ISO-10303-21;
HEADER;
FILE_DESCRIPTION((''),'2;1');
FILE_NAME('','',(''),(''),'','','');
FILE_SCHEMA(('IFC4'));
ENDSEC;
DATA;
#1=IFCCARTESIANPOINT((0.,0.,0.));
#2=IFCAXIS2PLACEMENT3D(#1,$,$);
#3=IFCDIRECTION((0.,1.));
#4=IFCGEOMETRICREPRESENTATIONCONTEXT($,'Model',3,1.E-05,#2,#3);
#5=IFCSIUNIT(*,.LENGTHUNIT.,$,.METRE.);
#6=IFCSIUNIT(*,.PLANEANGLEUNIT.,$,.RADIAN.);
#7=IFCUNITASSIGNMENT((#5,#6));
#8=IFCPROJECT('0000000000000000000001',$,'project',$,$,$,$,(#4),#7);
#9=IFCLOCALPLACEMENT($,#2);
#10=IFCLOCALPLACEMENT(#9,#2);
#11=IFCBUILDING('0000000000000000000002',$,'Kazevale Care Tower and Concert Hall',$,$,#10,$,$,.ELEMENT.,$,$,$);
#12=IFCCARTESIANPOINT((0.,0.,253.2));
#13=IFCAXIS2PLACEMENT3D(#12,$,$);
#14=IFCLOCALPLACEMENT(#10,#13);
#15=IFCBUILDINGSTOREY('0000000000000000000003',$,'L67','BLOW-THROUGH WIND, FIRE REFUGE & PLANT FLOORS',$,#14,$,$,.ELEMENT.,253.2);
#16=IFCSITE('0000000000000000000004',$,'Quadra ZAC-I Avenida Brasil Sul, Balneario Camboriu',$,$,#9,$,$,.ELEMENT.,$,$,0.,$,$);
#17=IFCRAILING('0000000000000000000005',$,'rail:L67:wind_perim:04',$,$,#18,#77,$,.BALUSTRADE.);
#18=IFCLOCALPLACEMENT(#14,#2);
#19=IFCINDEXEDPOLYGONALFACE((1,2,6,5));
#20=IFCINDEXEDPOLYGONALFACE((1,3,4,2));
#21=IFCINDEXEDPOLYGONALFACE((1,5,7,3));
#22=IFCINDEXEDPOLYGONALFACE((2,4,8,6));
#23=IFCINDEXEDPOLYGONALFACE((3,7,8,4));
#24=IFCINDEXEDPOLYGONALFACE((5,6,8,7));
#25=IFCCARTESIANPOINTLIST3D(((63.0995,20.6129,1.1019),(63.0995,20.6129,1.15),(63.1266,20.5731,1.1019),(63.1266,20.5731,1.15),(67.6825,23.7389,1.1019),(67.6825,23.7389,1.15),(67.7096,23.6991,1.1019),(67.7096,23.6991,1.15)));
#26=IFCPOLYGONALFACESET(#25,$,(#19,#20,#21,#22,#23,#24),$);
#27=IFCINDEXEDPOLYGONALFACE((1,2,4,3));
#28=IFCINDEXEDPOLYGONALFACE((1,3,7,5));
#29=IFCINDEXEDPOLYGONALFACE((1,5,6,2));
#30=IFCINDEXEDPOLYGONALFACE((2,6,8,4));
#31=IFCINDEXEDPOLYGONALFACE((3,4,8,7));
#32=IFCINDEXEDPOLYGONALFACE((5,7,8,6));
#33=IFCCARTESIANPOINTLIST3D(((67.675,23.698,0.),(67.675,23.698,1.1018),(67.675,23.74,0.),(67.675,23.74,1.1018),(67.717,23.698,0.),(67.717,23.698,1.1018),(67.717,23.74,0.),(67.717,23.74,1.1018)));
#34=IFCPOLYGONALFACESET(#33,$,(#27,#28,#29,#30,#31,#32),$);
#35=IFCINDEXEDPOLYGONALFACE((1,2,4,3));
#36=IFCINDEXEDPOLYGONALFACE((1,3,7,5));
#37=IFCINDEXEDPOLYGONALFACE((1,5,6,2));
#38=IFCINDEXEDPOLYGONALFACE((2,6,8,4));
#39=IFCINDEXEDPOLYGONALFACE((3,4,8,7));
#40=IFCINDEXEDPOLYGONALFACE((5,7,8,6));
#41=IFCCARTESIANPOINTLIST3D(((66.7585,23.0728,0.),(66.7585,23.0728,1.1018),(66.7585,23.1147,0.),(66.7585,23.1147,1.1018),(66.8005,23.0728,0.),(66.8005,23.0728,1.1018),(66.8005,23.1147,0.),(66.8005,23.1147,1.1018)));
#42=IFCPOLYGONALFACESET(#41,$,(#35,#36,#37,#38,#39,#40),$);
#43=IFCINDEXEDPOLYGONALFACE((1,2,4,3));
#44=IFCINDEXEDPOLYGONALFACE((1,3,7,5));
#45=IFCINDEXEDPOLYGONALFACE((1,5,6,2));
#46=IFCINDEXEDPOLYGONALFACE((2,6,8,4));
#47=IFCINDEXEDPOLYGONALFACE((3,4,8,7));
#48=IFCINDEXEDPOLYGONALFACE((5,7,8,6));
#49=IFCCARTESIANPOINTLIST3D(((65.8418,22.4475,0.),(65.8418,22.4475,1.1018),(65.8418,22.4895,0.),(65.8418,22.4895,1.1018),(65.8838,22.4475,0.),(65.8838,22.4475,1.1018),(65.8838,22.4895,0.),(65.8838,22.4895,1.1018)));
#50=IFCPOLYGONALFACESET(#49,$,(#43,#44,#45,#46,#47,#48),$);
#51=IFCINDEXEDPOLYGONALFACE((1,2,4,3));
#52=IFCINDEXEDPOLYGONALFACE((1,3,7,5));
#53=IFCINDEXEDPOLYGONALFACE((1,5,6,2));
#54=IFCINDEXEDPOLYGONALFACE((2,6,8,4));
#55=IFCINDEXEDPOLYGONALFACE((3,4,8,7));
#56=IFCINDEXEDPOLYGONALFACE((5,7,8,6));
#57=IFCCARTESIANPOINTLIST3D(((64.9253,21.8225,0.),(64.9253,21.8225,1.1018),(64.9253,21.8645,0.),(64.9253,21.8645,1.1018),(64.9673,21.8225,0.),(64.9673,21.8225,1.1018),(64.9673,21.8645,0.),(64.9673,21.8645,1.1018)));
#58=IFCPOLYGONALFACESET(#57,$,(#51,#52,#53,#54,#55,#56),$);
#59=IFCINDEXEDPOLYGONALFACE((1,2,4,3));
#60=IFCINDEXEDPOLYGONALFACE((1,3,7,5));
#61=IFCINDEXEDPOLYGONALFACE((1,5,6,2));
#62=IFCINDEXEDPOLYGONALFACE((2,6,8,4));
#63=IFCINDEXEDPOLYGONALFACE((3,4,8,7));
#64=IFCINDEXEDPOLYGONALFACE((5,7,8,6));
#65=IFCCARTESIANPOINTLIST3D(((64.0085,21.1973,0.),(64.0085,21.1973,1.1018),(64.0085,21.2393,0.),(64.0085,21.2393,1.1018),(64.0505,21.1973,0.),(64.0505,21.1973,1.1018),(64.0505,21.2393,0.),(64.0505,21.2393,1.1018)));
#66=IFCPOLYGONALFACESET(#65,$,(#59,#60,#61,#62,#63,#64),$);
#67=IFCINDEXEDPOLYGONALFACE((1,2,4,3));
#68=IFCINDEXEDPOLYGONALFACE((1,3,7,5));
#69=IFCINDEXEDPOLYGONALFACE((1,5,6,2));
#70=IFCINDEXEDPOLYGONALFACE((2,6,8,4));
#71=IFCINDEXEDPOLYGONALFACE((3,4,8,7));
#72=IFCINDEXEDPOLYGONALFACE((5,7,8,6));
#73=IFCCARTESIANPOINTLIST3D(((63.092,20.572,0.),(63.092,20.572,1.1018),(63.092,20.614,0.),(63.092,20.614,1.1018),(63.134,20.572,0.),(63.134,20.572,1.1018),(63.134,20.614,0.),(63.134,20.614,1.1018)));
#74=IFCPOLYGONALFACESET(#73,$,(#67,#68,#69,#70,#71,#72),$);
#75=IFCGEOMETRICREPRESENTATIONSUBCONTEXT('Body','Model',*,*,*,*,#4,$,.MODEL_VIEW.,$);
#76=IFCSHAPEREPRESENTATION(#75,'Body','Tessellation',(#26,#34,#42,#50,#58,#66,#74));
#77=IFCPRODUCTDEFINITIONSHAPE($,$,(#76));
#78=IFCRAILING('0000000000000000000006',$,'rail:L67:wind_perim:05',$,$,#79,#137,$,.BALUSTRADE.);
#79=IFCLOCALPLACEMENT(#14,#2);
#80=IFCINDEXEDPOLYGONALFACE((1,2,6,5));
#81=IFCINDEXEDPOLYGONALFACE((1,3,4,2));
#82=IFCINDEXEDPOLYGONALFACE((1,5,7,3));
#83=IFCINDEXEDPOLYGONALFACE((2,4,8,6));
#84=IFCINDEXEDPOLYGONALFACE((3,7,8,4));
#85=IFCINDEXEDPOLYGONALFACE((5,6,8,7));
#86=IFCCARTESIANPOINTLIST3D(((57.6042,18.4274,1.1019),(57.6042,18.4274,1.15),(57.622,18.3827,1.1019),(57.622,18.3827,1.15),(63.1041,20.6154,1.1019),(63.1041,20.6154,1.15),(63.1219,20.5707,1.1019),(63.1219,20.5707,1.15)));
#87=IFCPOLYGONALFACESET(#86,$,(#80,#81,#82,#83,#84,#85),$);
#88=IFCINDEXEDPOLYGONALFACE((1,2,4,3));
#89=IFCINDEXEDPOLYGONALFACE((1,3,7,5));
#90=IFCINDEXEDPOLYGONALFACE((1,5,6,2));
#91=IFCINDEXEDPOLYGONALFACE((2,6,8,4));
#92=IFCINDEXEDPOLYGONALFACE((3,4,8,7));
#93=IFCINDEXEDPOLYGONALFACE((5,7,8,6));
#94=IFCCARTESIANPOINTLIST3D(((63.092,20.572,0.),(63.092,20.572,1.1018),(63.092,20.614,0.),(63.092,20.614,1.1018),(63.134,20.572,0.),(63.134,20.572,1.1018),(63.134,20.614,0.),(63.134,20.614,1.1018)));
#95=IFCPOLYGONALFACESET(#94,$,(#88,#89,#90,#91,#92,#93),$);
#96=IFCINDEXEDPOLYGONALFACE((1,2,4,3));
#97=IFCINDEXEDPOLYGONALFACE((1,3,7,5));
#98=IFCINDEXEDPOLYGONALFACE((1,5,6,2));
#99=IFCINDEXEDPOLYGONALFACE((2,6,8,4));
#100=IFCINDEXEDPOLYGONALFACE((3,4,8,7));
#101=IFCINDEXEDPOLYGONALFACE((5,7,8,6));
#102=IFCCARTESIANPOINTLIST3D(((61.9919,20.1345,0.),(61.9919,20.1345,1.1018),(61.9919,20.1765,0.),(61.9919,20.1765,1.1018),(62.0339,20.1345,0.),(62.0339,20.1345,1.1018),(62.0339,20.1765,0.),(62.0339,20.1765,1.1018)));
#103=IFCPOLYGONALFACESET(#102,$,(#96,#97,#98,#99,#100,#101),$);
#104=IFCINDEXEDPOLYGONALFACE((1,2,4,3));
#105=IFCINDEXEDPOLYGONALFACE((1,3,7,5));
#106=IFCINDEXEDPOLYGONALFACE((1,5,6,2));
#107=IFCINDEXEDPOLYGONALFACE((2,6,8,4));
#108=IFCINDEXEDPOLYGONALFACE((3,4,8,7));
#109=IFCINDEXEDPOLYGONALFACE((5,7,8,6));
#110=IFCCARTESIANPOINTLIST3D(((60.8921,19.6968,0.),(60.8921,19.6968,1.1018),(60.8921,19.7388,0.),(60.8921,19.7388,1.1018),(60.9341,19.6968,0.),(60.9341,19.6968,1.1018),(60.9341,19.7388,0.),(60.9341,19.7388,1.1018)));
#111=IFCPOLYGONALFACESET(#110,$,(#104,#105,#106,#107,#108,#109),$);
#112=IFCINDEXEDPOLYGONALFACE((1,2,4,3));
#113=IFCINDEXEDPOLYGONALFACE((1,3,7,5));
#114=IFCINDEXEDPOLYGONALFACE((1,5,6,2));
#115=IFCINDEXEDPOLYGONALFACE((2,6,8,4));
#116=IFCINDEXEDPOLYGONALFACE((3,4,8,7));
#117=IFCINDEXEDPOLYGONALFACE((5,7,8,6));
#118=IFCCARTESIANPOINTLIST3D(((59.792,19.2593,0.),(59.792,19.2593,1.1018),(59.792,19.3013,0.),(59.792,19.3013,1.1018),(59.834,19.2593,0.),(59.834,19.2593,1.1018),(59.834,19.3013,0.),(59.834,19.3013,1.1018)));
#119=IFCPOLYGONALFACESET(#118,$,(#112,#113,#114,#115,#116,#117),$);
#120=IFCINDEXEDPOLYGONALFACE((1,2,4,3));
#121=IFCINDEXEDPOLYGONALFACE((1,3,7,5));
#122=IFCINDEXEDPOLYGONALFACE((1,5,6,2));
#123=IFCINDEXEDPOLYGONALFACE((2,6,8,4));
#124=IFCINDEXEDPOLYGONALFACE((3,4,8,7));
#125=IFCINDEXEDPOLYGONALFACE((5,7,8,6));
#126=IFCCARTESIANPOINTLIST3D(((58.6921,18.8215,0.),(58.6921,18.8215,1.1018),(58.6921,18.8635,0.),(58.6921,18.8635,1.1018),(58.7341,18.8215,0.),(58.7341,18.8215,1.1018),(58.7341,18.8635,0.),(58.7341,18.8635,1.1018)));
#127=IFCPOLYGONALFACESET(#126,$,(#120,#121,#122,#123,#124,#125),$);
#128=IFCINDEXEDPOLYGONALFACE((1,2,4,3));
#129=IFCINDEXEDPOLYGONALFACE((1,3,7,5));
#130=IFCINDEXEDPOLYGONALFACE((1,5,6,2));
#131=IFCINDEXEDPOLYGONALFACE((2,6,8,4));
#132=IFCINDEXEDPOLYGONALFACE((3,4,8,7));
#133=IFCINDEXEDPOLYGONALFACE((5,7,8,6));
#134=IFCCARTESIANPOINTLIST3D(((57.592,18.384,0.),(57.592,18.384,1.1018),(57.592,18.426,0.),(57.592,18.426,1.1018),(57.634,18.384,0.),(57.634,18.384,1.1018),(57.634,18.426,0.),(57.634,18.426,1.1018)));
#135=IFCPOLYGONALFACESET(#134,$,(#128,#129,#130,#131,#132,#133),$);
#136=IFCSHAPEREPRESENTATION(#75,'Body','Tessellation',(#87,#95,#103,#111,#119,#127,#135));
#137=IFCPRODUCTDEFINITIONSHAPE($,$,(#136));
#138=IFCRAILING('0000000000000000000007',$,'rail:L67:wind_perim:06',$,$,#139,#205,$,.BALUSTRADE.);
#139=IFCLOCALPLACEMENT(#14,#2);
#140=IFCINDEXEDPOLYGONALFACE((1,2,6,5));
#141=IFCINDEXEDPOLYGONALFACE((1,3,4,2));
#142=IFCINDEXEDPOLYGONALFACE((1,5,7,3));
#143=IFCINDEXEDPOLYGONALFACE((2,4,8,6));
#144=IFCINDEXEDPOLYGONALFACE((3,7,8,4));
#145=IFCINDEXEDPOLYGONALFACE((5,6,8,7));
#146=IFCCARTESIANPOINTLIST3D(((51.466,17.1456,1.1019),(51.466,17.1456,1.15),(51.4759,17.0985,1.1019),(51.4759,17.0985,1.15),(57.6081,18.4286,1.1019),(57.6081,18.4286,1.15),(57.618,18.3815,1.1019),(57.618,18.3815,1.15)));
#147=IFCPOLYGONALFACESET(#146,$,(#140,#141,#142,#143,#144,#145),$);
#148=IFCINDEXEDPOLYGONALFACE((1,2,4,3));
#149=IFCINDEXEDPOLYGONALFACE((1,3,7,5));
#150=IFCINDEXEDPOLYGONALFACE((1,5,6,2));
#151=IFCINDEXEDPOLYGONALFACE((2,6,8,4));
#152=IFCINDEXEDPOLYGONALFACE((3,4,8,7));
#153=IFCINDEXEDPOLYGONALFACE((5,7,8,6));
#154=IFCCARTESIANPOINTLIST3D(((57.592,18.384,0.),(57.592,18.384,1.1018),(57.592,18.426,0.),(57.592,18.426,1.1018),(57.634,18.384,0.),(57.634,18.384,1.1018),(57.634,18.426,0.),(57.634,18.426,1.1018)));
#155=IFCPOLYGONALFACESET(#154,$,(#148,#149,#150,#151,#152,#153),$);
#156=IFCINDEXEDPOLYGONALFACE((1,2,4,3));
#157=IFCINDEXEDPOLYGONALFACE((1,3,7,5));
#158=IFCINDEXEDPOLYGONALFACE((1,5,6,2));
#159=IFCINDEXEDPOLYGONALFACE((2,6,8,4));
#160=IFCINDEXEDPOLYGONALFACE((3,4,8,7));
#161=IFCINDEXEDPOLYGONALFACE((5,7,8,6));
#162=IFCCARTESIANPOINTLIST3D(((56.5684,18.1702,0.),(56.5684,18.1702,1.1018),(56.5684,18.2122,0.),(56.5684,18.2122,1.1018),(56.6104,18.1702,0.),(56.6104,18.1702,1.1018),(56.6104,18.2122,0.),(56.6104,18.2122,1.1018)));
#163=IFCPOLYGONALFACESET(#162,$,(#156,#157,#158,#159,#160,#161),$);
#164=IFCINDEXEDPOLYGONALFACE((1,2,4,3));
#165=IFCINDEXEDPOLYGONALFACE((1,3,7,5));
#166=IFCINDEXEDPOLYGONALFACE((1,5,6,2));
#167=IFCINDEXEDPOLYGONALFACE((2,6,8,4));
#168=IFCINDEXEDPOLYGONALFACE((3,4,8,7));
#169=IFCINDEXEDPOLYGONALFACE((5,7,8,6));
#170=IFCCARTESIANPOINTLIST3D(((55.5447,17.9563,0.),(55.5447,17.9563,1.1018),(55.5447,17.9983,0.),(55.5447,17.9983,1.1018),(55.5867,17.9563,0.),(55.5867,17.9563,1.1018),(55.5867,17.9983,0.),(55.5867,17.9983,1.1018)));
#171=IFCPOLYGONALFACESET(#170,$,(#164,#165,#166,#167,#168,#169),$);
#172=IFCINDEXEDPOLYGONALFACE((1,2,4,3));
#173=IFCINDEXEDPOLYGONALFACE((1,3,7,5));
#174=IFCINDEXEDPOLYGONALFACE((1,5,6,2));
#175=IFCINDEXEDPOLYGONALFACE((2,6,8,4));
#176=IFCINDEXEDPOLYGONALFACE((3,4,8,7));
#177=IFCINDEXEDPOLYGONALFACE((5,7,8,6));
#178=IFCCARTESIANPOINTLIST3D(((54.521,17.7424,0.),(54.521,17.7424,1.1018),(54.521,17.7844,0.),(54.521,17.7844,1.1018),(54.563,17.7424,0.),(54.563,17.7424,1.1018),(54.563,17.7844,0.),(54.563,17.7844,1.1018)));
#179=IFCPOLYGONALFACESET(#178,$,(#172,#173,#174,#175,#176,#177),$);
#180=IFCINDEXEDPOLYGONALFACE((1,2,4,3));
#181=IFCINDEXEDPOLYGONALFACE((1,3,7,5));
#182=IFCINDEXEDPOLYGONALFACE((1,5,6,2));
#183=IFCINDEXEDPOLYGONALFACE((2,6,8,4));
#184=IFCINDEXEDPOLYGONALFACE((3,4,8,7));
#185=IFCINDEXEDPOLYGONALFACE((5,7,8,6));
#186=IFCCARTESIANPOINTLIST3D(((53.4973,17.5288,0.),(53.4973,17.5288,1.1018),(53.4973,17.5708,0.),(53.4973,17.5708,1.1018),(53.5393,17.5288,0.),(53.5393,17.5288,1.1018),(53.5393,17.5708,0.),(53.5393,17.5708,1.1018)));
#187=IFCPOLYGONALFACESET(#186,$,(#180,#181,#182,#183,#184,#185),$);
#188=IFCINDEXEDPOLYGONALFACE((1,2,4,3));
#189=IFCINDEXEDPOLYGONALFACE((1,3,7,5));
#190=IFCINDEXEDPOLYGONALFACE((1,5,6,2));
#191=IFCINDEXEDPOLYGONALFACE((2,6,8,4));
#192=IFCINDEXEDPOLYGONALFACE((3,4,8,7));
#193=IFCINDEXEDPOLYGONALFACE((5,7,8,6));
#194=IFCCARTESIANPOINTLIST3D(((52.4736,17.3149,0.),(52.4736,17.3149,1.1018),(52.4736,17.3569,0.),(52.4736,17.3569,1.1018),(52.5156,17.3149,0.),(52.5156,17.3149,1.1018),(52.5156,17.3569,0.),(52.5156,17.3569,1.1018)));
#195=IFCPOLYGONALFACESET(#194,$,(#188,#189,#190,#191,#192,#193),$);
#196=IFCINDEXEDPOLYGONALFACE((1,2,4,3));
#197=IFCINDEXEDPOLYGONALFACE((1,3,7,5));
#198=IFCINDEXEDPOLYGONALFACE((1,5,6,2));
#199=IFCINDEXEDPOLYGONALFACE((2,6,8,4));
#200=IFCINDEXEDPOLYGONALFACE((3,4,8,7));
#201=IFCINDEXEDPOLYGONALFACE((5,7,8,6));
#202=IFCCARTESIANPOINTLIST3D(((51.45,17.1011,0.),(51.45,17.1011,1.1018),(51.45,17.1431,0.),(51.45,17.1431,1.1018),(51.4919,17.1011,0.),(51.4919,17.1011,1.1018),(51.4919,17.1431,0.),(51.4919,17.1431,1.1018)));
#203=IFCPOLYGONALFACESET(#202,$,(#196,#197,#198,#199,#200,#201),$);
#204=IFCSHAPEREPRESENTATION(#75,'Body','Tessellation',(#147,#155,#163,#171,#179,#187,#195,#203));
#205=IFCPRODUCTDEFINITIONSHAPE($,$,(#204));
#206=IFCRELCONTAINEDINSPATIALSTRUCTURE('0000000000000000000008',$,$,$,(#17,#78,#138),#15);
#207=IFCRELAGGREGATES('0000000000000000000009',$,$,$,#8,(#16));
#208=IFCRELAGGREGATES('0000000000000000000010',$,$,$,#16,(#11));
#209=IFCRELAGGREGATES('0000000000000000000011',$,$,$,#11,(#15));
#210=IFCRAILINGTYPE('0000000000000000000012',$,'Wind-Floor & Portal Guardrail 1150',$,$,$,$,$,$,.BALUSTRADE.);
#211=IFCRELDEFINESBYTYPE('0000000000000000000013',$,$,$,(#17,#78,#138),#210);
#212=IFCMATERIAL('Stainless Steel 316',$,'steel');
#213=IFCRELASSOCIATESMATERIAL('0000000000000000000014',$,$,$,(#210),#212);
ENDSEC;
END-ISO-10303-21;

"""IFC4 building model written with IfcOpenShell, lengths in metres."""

from ifc_helpers import new_model, si_unit, direction, frame, origin, origin_2d, place, context, subcontext, project, spatial, rectangle, extrude, material, type_object, element, save


model = new_model("IFC4")

# Units and contexts
model_context = context("Model", 3, precision=1e-05, world=origin(), true_north=direction((0.0, 1.0)))
body_context = subcontext(model_context, "Body", "Model", "MODEL_VIEW")
ifc_project = project(units=[si_unit("LENGTHUNIT", "METRE"), si_unit("PLANEANGLEUNIT", "RADIAN")], contexts=[model_context])

# Site, building, storey
site_placement = place(None, origin())
site = spatial("IfcSite", under=ifc_project, at=site_placement, Name="Quadra ZAC-I Avenida Brasil Sul, Balneario Camboriu", CompositionType="ELEMENT", RefElevation=0.0)
building_placement = place(site_placement, origin())
building = spatial("IfcBuilding", under=site, at=building_placement, Name="Kazevale Care Tower and Concert Hall", CompositionType="ELEMENT")
storey_placement = place(building_placement, frame((0.0, 0.0, 253.2)))
storey = spatial("IfcBuildingStorey", under=building, at=storey_placement, Name="L67", Description="BLOW-THROUGH WIND, FIRE REFUGE & PLANT FLOORS", CompositionType="ELEMENT", Elevation=253.2)

# Railings
ifc_material_1 = material(Name="Stainless Steel 316", Category="steel")
railing_type = type_object("IfcRailingType", Name="Wind-Floor & Portal Guardrail 1150", PredefinedType="BALUSTRADE", material=ifc_material_1)
railing_1_placement = place(storey_placement, frame((67.696, 23.719, 0.0)))
element("IfcRailing", 1, at=railing_1_placement, inside=storey, type_object=railing_type, Name="rail:L67:wind_perim:04", PredefinedType="BALUSTRADE", context=body_context, shape_type="SweptSolid", body=[
    extrude(rectangle(XDim=0.0481, YDim=0.0481, at=origin_2d()), frame((0.0, 0.0, 1.126), z_axis=(-0.826127, -0.563484, 0.0), x_axis=(0.563484, -0.826127, 0.0)), (0.0, 0.0, 1.0), 5.5476),
    extrude(rectangle(XDim=0.042, YDim=0.042, at=origin_2d()), origin(), (0.0, 0.0, 1.0), 1.1018),
    extrude(rectangle(XDim=0.042, YDim=0.042, at=origin_2d()), frame((-0.9165, -0.6252, 0.0)), (0.0, 0.0, 1.0), 1.1018),
    extrude(rectangle(XDim=0.042, YDim=0.042, at=origin_2d()), frame((-1.8333, -1.2505, 0.0)), (0.0, 0.0, 1.0), 1.1018),
    extrude(rectangle(XDim=0.042, YDim=0.042, at=origin_2d()), frame((-2.7498, -1.8755, 0.0)), (0.0, 0.0, 1.0), 1.1018),
    extrude(rectangle(XDim=0.042, YDim=0.042, at=origin_2d()), frame((-3.6665, -2.5007, 0.0)), (0.0, 0.0, 1.0), 1.1018),
    extrude(rectangle(XDim=0.042, YDim=0.042, at=origin_2d()), frame((-4.583, -3.126, 0.0)), (0.0, 0.0, 1.0), 1.1018),
])
railing_2_placement = place(storey_placement, frame((63.113, 20.593, 0.0)))
element("IfcRailing", 2, at=railing_2_placement, inside=storey, type_object=railing_type, Name="rail:L67:wind_perim:05", PredefinedType="BALUSTRADE", context=body_context, shape_type="SweptSolid", body=[
    extrude(rectangle(XDim=0.0481, YDim=0.0481, at=origin_2d()), frame((0.0, 0.0, 1.126), z_axis=(-0.929175, -0.369641, 0.0), x_axis=(0.369641, -0.929175, 0.0)), (0.0, 0.0, 1.0), 5.9192),
    extrude(rectangle(XDim=0.042, YDim=0.042, at=origin_2d()), origin(), (0.0, 0.0, 1.0), 1.1018),
    extrude(rectangle(XDim=0.042, YDim=0.042, at=origin_2d()), frame((-1.1001, -0.4375, 0.0)), (0.0, 0.0, 1.0), 1.1018),
    extrude(rectangle(XDim=0.042, YDim=0.042, at=origin_2d()), frame((-2.2, -0.8752, 0.0)), (0.0, 0.0, 1.0), 1.1018),
    extrude(rectangle(XDim=0.042, YDim=0.042, at=origin_2d()), frame((-3.3, -1.3127, 0.0)), (0.0, 0.0, 1.0), 1.1018),
    extrude(rectangle(XDim=0.042, YDim=0.042, at=origin_2d()), frame((-4.3999, -1.7505, 0.0)), (0.0, 0.0, 1.0), 1.1018),
    extrude(rectangle(XDim=0.042, YDim=0.042, at=origin_2d()), frame((-5.5, -2.188, 0.0)), (0.0, 0.0, 1.0), 1.1018),
])
railing_3_placement = place(storey_placement, frame((57.613, 18.405, 0.0)))
element("IfcRailing", 3, at=railing_3_placement, inside=storey, type_object=railing_type, Name="rail:L67:wind_perim:06", PredefinedType="BALUSTRADE", context=body_context, shape_type="SweptSolid", body=[
    extrude(rectangle(XDim=0.0481, YDim=0.0481, at=origin_2d()), frame((0.0, 0.0, 1.126), z_axis=(-0.978873, -0.204467, 0.0), x_axis=(0.204467, -0.978873, 0.0)), (0.0, 0.0, 1.0), 6.2747),
    extrude(rectangle(XDim=0.042, YDim=0.042, at=origin_2d()), origin(), (0.0, 0.0, 1.0), 1.1018),
    extrude(rectangle(XDim=0.042, YDim=0.042, at=origin_2d()), frame((-1.0237, -0.2139, 0.0)), (0.0, 0.0, 1.0), 1.1018),
    extrude(rectangle(XDim=0.042, YDim=0.042, at=origin_2d()), frame((-2.0474, -0.4277, 0.0)), (0.0, 0.0, 1.0), 1.1018),
    extrude(rectangle(XDim=0.042, YDim=0.042, at=origin_2d()), frame((-3.071, -0.6416, 0.0)), (0.0, 0.0, 1.0), 1.1018),
    extrude(rectangle(XDim=0.042, YDim=0.042, at=origin_2d()), frame((-4.0947, -0.8552, 0.0)), (0.0, 0.0, 1.0), 1.1018),
    extrude(rectangle(XDim=0.042, YDim=0.042, at=origin_2d()), frame((-5.1184, -1.0691, 0.0)), (0.0, 0.0, 1.0), 1.1018),
    extrude(rectangle(XDim=0.042, YDim=0.042, at=origin_2d()), frame((-6.1421, -1.283, 0.0)), (0.0, 0.0, 1.0), 1.1018),
])

save(model, "model.ifc")
